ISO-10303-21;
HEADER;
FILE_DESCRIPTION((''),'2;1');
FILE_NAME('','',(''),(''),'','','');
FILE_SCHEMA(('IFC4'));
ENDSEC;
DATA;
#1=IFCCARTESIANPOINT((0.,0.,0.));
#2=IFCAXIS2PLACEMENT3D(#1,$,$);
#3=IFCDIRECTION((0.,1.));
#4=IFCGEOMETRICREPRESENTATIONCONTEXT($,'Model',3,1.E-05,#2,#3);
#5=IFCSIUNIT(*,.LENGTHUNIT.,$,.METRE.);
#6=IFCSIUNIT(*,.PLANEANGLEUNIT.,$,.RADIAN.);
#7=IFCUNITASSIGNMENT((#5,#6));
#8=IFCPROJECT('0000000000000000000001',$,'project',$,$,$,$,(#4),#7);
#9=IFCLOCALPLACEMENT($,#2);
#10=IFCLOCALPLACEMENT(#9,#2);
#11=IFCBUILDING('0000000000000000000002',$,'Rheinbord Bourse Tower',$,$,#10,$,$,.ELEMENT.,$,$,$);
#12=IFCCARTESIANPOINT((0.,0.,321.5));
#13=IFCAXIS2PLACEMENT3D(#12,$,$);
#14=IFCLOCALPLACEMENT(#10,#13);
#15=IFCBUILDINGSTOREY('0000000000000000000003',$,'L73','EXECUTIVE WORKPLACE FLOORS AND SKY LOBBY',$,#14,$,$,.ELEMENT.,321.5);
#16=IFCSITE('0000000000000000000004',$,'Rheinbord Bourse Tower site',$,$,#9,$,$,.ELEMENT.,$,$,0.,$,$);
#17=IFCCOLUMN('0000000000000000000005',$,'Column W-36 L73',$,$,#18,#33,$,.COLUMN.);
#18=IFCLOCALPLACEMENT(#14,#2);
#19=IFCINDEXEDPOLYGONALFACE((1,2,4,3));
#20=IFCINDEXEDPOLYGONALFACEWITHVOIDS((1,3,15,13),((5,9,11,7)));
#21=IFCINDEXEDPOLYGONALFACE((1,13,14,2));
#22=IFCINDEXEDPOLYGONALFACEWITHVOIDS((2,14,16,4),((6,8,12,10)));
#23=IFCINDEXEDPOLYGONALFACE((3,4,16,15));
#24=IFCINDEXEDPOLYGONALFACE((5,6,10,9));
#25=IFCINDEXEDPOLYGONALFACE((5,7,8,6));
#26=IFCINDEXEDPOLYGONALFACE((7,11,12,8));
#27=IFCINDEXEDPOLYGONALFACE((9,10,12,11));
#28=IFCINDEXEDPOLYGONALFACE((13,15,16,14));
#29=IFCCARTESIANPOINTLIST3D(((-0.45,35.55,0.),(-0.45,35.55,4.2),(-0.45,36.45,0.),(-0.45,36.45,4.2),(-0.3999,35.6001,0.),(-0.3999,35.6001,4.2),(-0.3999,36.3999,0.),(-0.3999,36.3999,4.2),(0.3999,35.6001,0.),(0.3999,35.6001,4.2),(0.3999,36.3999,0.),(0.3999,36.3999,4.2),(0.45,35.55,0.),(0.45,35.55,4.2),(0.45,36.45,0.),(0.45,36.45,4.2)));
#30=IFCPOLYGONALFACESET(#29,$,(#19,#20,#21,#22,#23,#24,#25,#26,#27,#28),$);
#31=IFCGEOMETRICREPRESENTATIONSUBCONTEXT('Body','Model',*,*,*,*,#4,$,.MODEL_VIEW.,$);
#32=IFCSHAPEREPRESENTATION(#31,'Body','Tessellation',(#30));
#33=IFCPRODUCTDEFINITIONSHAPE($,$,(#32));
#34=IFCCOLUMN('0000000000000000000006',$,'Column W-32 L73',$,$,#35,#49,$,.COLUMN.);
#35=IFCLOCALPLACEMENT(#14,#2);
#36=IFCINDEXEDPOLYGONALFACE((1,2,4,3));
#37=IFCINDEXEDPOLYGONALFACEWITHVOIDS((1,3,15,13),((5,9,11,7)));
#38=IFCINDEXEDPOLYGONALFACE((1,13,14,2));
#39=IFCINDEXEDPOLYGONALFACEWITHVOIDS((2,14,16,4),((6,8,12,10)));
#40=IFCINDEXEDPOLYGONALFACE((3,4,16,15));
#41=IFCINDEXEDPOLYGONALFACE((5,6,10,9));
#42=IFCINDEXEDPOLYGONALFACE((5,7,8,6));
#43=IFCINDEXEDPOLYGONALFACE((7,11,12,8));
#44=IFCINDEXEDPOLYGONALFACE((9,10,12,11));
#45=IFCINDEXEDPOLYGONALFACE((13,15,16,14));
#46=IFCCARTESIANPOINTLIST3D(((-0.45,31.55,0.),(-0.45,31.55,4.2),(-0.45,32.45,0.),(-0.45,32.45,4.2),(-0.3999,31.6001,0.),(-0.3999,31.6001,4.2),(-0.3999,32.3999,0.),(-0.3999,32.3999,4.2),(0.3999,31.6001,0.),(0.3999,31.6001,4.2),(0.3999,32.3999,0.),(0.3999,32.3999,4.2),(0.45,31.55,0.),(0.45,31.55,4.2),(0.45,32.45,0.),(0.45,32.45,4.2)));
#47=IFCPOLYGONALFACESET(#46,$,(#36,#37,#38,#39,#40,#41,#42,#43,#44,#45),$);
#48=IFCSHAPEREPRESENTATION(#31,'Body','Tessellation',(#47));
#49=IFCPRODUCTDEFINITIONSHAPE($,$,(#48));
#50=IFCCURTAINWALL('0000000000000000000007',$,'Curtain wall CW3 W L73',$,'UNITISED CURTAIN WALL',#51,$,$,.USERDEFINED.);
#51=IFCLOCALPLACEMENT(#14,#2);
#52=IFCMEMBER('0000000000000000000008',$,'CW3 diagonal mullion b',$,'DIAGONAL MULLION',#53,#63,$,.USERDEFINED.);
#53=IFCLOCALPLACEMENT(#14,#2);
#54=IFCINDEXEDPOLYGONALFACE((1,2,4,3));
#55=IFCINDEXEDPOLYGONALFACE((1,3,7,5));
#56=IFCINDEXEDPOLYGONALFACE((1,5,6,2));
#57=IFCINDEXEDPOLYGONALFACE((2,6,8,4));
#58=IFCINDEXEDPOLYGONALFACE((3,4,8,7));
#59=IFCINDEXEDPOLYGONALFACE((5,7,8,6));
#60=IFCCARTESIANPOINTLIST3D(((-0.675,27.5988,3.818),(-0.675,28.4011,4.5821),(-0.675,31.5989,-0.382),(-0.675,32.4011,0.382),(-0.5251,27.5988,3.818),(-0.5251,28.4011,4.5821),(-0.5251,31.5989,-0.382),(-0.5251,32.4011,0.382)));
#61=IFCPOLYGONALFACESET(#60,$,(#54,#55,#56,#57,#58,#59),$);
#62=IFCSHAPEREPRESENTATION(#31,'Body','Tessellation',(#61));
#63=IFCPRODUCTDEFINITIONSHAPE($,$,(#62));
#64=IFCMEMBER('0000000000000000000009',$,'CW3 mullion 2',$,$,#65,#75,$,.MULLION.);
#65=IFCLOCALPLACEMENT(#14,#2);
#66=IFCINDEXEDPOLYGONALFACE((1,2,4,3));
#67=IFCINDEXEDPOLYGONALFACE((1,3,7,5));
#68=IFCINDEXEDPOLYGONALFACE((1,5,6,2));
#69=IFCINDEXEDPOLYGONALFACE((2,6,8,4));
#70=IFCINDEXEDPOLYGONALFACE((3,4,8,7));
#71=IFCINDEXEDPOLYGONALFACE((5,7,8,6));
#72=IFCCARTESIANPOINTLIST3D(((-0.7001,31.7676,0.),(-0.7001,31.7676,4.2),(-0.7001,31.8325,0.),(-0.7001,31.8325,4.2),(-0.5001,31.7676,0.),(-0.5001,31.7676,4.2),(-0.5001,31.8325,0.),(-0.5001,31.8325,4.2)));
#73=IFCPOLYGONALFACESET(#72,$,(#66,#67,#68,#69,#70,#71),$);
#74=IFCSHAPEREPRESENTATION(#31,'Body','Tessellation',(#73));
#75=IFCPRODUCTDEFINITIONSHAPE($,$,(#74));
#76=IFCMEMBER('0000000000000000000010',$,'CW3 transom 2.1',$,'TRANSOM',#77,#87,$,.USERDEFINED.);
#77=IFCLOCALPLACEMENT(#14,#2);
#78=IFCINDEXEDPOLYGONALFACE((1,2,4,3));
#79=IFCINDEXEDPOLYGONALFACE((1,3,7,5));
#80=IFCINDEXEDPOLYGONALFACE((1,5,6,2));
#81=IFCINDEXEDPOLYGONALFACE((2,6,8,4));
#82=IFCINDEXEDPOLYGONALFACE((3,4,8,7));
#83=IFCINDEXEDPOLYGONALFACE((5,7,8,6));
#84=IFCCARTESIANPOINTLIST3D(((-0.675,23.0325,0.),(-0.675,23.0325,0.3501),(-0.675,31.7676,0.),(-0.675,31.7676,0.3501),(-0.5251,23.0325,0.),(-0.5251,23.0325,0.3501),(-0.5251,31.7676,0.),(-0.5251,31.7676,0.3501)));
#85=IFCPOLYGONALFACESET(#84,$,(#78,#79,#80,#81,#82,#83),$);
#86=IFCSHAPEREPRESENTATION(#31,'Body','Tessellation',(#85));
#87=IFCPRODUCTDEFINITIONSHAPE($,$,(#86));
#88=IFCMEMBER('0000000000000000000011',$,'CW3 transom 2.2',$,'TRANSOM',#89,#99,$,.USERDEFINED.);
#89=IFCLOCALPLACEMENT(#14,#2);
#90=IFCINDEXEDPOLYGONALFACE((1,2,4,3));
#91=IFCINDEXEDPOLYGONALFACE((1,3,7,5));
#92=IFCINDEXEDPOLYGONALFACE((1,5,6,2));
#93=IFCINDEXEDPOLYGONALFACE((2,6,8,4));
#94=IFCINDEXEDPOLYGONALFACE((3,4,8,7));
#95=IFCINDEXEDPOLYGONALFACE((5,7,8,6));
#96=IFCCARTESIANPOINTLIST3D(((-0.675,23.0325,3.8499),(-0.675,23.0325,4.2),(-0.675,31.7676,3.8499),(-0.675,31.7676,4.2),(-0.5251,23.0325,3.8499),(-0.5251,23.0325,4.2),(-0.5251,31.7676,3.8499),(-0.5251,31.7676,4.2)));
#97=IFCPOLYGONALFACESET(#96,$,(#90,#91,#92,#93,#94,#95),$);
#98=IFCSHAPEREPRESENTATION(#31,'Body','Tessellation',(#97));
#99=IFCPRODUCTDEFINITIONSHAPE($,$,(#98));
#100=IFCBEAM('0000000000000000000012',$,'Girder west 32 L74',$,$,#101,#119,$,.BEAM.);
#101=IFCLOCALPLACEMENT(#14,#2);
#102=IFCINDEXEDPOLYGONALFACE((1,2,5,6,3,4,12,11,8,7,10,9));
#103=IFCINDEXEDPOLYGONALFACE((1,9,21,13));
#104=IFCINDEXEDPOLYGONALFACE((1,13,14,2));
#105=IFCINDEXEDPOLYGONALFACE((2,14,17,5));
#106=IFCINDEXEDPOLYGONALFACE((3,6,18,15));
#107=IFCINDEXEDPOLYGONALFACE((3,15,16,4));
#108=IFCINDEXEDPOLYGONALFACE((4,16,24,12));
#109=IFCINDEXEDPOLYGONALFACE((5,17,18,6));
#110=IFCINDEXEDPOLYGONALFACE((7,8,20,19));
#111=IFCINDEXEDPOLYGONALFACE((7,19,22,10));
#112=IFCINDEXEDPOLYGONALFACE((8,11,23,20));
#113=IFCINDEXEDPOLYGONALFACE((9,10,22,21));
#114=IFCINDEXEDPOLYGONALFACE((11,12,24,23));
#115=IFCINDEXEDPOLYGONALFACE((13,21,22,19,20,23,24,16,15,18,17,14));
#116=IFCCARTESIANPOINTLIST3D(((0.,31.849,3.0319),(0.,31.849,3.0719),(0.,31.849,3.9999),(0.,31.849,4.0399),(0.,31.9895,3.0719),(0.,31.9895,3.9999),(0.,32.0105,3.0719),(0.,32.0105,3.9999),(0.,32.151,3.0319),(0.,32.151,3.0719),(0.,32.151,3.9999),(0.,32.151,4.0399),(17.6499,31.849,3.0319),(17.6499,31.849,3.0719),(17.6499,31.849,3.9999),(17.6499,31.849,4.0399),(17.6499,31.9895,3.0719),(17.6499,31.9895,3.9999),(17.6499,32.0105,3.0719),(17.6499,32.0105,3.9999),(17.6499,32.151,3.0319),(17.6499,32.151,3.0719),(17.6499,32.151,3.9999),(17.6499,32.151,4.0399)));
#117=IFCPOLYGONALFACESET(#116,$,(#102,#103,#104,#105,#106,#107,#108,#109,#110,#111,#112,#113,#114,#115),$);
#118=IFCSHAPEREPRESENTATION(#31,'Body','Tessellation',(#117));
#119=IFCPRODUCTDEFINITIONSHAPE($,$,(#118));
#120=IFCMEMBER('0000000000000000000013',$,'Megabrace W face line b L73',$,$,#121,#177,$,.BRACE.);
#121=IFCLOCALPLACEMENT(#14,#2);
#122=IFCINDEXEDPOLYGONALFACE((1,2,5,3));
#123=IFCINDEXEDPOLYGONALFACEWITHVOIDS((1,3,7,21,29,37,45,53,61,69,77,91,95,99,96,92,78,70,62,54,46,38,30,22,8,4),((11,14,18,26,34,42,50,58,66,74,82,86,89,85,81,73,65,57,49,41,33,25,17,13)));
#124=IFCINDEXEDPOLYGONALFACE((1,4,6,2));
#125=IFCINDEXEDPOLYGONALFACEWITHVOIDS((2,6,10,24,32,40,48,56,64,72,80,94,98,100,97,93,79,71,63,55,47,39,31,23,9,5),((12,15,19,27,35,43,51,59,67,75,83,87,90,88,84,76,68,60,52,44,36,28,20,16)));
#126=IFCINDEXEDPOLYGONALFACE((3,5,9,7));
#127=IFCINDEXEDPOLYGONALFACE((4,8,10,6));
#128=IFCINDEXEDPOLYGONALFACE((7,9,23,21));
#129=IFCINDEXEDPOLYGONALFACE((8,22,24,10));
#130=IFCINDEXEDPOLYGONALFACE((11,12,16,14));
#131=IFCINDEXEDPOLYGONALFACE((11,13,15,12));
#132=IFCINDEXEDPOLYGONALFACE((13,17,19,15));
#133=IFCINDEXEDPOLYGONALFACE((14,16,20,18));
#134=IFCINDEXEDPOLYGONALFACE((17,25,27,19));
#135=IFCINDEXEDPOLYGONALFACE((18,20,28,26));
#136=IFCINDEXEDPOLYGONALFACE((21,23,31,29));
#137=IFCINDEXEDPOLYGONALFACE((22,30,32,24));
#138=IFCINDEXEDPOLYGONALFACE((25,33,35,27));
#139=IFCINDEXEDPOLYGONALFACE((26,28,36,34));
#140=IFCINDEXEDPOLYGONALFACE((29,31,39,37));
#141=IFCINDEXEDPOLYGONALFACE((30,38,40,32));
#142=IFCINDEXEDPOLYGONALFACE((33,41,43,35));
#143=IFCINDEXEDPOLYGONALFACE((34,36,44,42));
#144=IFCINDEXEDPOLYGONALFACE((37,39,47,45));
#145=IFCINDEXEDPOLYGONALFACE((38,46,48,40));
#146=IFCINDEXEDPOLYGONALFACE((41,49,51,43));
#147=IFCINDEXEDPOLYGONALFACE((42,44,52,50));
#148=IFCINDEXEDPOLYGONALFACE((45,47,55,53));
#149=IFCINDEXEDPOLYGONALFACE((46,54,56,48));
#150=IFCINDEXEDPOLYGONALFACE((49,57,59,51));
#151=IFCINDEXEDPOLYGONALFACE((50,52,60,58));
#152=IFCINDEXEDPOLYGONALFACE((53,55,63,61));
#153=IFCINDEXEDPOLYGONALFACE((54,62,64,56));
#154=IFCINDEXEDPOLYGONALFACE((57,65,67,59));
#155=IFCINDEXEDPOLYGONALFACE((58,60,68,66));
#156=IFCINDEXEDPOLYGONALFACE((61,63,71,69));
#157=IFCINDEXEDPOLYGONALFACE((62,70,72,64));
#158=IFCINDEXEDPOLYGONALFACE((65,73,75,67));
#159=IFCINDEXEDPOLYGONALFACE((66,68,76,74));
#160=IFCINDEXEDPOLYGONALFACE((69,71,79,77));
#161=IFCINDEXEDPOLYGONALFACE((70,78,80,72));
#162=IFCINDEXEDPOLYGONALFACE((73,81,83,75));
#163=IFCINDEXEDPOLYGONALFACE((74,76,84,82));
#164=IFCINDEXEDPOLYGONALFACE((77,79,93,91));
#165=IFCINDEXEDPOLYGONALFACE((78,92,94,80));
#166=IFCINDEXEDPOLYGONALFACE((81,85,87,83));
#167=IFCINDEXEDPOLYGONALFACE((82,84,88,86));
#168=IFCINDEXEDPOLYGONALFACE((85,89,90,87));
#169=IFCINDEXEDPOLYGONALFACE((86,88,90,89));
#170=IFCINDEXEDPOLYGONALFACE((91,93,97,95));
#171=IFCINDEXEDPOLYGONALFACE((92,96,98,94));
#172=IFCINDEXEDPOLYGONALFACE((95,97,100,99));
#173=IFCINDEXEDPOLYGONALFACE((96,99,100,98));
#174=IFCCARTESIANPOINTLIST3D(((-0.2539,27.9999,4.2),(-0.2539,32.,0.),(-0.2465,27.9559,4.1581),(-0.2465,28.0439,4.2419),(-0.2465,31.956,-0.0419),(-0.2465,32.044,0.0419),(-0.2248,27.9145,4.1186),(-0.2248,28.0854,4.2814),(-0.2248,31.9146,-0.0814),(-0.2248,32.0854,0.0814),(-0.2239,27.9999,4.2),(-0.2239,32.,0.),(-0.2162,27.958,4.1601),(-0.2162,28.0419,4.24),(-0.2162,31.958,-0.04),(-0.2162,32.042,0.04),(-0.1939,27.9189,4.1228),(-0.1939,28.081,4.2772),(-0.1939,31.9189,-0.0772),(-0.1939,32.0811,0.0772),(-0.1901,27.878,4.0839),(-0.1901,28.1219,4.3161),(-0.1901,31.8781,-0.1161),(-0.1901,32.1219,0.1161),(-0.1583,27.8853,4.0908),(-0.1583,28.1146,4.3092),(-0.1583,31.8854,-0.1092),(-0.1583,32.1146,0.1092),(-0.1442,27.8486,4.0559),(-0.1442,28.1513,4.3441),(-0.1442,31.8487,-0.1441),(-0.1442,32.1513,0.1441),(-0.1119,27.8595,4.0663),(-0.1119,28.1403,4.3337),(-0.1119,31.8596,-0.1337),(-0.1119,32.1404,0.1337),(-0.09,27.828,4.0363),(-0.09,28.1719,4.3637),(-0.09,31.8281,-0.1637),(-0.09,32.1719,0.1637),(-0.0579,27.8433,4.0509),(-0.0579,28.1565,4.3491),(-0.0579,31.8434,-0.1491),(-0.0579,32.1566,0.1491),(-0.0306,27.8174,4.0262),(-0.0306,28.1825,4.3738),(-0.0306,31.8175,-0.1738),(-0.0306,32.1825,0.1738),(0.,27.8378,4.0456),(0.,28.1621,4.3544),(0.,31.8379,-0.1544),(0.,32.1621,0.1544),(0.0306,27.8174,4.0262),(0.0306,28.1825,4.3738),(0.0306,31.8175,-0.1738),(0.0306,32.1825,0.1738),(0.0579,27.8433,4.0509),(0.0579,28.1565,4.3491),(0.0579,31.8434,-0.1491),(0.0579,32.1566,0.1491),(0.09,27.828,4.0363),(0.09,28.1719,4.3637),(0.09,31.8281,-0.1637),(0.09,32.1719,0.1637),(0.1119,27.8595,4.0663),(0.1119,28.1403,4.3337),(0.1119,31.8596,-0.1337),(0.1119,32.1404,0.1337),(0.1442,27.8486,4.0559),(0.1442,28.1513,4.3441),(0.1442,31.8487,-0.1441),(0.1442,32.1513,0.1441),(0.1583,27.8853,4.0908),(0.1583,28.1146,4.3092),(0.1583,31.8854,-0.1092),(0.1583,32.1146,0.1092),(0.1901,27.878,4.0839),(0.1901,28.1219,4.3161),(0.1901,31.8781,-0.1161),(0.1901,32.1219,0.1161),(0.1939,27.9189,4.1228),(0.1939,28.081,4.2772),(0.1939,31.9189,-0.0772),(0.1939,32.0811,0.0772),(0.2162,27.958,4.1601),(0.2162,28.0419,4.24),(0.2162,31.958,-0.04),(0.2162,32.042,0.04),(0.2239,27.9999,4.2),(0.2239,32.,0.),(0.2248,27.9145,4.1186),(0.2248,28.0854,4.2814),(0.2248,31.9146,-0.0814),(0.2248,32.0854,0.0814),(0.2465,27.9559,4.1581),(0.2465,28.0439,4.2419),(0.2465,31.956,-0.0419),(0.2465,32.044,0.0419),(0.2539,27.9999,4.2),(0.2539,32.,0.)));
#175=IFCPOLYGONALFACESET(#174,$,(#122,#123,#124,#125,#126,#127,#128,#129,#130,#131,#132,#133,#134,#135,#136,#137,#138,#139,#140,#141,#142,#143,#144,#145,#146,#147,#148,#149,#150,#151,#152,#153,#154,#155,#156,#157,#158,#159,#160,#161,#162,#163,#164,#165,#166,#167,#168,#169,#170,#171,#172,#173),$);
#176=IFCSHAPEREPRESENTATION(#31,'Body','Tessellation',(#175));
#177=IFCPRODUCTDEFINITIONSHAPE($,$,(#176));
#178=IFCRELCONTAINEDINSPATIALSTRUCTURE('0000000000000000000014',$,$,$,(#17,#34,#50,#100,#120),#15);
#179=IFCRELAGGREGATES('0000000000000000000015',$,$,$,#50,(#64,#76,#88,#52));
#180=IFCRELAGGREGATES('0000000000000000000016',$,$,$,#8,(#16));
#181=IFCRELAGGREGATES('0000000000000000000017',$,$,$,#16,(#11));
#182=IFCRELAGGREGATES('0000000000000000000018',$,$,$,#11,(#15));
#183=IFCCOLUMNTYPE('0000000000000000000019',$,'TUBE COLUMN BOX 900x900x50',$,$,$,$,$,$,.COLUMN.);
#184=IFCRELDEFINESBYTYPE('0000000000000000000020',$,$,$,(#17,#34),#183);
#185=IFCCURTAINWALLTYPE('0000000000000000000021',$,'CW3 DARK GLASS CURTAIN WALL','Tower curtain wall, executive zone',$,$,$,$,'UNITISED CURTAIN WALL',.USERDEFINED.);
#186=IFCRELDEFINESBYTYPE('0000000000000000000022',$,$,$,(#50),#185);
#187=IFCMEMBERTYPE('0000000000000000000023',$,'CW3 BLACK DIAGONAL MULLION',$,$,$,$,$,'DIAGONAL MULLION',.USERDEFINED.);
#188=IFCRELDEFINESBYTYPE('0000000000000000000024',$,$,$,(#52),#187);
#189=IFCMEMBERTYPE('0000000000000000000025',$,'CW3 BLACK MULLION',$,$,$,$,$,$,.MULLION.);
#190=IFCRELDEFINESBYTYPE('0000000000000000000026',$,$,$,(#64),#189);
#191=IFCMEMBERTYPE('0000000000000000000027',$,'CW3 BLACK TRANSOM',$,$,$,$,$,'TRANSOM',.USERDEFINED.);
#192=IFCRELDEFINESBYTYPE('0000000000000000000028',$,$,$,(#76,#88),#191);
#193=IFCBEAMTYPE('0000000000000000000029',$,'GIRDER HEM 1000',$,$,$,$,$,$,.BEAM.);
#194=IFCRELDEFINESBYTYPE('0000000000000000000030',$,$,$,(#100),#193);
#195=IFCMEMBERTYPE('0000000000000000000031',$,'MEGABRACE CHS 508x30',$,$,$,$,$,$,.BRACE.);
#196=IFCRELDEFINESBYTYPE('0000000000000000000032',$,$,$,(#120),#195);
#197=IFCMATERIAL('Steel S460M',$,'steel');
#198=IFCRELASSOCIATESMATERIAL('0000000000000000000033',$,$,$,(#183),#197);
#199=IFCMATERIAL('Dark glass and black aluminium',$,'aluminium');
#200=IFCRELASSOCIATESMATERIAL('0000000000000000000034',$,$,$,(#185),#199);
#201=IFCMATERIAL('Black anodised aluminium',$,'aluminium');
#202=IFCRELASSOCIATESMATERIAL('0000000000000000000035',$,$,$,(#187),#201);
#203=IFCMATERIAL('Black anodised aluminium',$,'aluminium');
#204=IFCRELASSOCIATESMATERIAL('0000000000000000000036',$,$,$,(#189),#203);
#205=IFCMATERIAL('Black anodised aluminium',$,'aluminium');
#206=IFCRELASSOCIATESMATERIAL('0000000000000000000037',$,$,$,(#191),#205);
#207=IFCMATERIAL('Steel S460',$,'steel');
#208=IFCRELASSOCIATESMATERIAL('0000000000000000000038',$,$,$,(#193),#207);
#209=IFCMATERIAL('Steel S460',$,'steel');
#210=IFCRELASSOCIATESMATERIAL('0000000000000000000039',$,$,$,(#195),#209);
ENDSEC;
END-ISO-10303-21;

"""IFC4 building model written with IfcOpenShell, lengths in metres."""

from ifc_helpers import new_model, si_unit, direction, frame, origin, origin_2d, place, context, subcontext, project, spatial, rectangle, hollow_rectangle, hollow_circle, i_section, extrude, material, material_profile, profile_set, type_object, element, aggregate, save


model = new_model("IFC4")

# Units and contexts
model_context = context("Model", 3, precision=1e-05, world=origin(), true_north=direction((0.0, 1.0)))
body_context = subcontext(model_context, "Body", "Model", "MODEL_VIEW")
ifc_project = project(units=[si_unit("LENGTHUNIT", "METRE"), si_unit("PLANEANGLEUNIT", "RADIAN")], contexts=[model_context])

# Site, building, storey
site_placement = place(None, origin())
site = spatial("IfcSite", under=ifc_project, at=site_placement, Name="Rheinbord Bourse Tower site", CompositionType="ELEMENT", RefElevation=0.0)
building_placement = place(site_placement, origin())
building = spatial("IfcBuilding", under=site, at=building_placement, Name="Rheinbord Bourse Tower", CompositionType="ELEMENT")
storey_placement = place(building_placement, frame((0.0, 0.0, 321.5)))
storey = spatial("IfcBuildingStorey", under=building, at=storey_placement, Name="L73", Description="EXECUTIVE WORKPLACE FLOORS AND SKY LOBBY", CompositionType="ELEMENT", Elevation=321.5)

# Columns
ifc_material_1 = material(Name="Steel S460M", Category="steel")
ifc_material_profile_1 = material_profile(ifc_material_1, hollow_rectangle(XDim=0.8999, YDim=0.8999, WallThickness=0.05, at=origin_2d()), Name="BOX 900x900x50")
ifc_profile_set_1 = profile_set([ifc_material_profile_1], Name="Steel S460M")
column_type = type_object("IfcColumnType", Name="TUBE COLUMN BOX 900x900x50", PredefinedType="COLUMN", material=ifc_profile_set_1)
for number, where, z_axis, x_axis, name in (
    (1, (0.0, 36.0, 0.0), (0.0, 0.0, 1.0), (1.0, 0.0, 0.0), "Column W-36 L73"),
    (2, (0.0, 32.0, 0.0), (0.0, 0.0, 1.0), (1.0, 0.0, 0.0), "Column W-32 L73"),
):
    element("IfcColumn", number, at=place(storey_placement, frame(where, z_axis=z_axis, x_axis=x_axis)), inside=storey, type_object=column_type, Name=name, PredefinedType="COLUMN", context=body_context, shape_type="SweptSolid", body=[
        extrude(hollow_rectangle(XDim=0.8999, YDim=0.8999, WallThickness=0.05, at=origin_2d()), origin(), (0.0, 0.0, 1.0), 4.2),
    ])

# Curtain wall, members
ifc_material_2 = material(Name="Dark glass and black aluminium", Category="aluminium")
curtain_wall_type = type_object("IfcCurtainWallType", Name="CW3 DARK GLASS CURTAIN WALL", Description="Tower curtain wall, executive zone", ElementType="UNITISED CURTAIN WALL", PredefinedType="USERDEFINED", material=ifc_material_2)
curtain_wall_placement = place(storey_placement, origin())
curtain_wall = element("IfcCurtainWall", 3, at=curtain_wall_placement, inside=storey, type_object=curtain_wall_type, Name="Curtain wall CW3 W L73", ObjectType="UNITISED CURTAIN WALL", PredefinedType="USERDEFINED")
ifc_material_3 = material(Name="Black anodised aluminium", Category="aluminium")
ifc_material_profile_2 = material_profile(ifc_material_3, rectangle(XDim=0.1499, YDim=1.1079, at=origin_2d()), Name="CW3 DIAGONAL MULLION 1108x150")
ifc_profile_set_2 = profile_set([ifc_material_profile_2], Name="Black anodised aluminium")
member_type_1 = type_object("IfcMemberType", Name="CW3 BLACK DIAGONAL MULLION", ElementType="DIAGONAL MULLION", PredefinedType="USERDEFINED", material=ifc_profile_set_2)
member_1_placement = place(storey_placement, frame((-0.6001, 32.0, 0.0), z_axis=(0.0, -0.689659, 0.724134), x_axis=(1.0, 0.0, 0.0)))
member_1 = element("IfcMember", 4, at=member_1_placement, type_object=member_type_1, Name="CW3 diagonal mullion b", ObjectType="DIAGONAL MULLION", PredefinedType="USERDEFINED", context=body_context, shape_type="SweptSolid", body=[
    extrude(rectangle(XDim=0.1499, YDim=1.1079, at=origin_2d()), origin(), (0.0, 0.0, 1.0), 5.8),
])
ifc_material_4 = material(Name="Black anodised aluminium", Category="aluminium")
ifc_material_profile_3 = material_profile(ifc_material_4, rectangle(XDim=0.2, YDim=0.0649, at=origin_2d()), Name="CW3 MULLION 65x200")
ifc_profile_set_3 = profile_set([ifc_material_profile_3], Name="Black anodised aluminium")
member_type_2 = type_object("IfcMemberType", Name="CW3 BLACK MULLION", PredefinedType="MULLION", material=ifc_profile_set_3)
member_2_placement = place(storey_placement, frame((-0.6001, 31.8, 0.0), z_axis=(0.0, 0.0, 1.0), x_axis=(1.0, 0.0, 0.0)))
member_2 = element("IfcMember", 5, at=member_2_placement, type_object=member_type_2, Name="CW3 mullion 2", PredefinedType="MULLION", context=body_context, shape_type="SweptSolid", body=[
    extrude(rectangle(XDim=0.2, YDim=0.0649, at=origin_2d()), origin(), (0.0, 0.0, 1.0), 4.2),
])
ifc_material_5 = material(Name="Black anodised aluminium", Category="aluminium")
ifc_material_profile_4 = material_profile(ifc_material_5, rectangle(XDim=0.1499, YDim=0.3501, at=origin_2d()), Name="CW3 TRANSOM 350x150")
ifc_profile_set_4 = profile_set([ifc_material_profile_4], Name="Black anodised aluminium")
member_type_3 = type_object("IfcMemberType", Name="CW3 BLACK TRANSOM", ElementType="TRANSOM", PredefinedType="USERDEFINED", material=ifc_profile_set_4)
member_3_placement = place(storey_placement, frame((-0.6001, 31.7676, 0.175), z_axis=(0.0, -1.0, 0.0), x_axis=(1.0, 0.0, 0.0)))
member_3 = element("IfcMember", 6, at=member_3_placement, type_object=member_type_3, Name="CW3 transom 2.1", ObjectType="TRANSOM", PredefinedType="USERDEFINED", context=body_context, shape_type="SweptSolid", body=[
    extrude(rectangle(XDim=0.1499, YDim=0.3501, at=origin_2d()), origin(), (0.0, 0.0, 1.0), 8.7351),
])
member_4_placement = place(storey_placement, frame((-0.6001, 31.7676, 4.0249), z_axis=(0.0, -1.0, 0.0), x_axis=(1.0, 0.0, 0.0)))
member_4 = element("IfcMember", 7, at=member_4_placement, type_object=member_type_3, Name="CW3 transom 2.2", ObjectType="TRANSOM", PredefinedType="USERDEFINED", context=body_context, shape_type="SweptSolid", body=[
    extrude(rectangle(XDim=0.1499, YDim=0.3501, at=origin_2d()), origin(), (0.0, 0.0, 1.0), 8.7351),
])

# Beam
ifc_material_6 = material(Name="Steel S460", Category="steel")
ifc_material_profile_5 = material_profile(ifc_material_6, i_section(OverallWidth=0.302, OverallDepth=1.0081, WebThickness=0.021, FlangeThickness=0.04, at=origin_2d()), Name="HEM 1000")
ifc_profile_set_5 = profile_set([ifc_material_profile_5], Name="Steel S460")
beam_type_1 = type_object("IfcBeamType", Name="GIRDER HEM 1000", PredefinedType="BEAM", material=ifc_profile_set_5)
beam_placement = place(storey_placement, frame((0.0, 32.0, 3.5359), z_axis=(1.0, 0.0, 0.0), x_axis=(0.0, 1.0, 0.0)))
element("IfcBeam", 8, at=beam_placement, inside=storey, type_object=beam_type_1, Name="Girder west 32 L74", PredefinedType="BEAM", context=body_context, shape_type="SweptSolid", body=[
    extrude(i_section(OverallWidth=0.302, OverallDepth=1.0081, WebThickness=0.021, FlangeThickness=0.04, at=origin_2d()), origin(), (0.0, 0.0, 1.0), 17.6499),
])

# Member
ifc_material_7 = material(Name="Steel S460", Category="steel")
ifc_material_profile_6 = material_profile(ifc_material_7, hollow_circle(Radius=0.2539, WallThickness=0.03, at=origin_2d()), Name="CHS 508x30")
ifc_profile_set_6 = profile_set([ifc_material_profile_6], Name="Steel S460")
member_type_4 = type_object("IfcMemberType", Name="MEGABRACE CHS 508x30", PredefinedType="BRACE", material=ifc_profile_set_6)
member_5_placement = place(storey_placement, frame((0.0, 32.0, 0.0), z_axis=(0.0, -0.689659, 0.724134), x_axis=(1.0, 0.0, 0.0)))
element("IfcMember", 9, at=member_5_placement, inside=storey, type_object=member_type_4, Name="Megabrace W face line b L73", PredefinedType="BRACE", context=body_context, shape_type="SweptSolid", body=[
    extrude(hollow_circle(Radius=0.2539, WallThickness=0.03, at=origin_2d()), origin(), (0.0, 0.0, 1.0), 5.8),
])

aggregate(curtain_wall, [member_2, member_3, member_4, member_1])

save(model, "model.ifc")
